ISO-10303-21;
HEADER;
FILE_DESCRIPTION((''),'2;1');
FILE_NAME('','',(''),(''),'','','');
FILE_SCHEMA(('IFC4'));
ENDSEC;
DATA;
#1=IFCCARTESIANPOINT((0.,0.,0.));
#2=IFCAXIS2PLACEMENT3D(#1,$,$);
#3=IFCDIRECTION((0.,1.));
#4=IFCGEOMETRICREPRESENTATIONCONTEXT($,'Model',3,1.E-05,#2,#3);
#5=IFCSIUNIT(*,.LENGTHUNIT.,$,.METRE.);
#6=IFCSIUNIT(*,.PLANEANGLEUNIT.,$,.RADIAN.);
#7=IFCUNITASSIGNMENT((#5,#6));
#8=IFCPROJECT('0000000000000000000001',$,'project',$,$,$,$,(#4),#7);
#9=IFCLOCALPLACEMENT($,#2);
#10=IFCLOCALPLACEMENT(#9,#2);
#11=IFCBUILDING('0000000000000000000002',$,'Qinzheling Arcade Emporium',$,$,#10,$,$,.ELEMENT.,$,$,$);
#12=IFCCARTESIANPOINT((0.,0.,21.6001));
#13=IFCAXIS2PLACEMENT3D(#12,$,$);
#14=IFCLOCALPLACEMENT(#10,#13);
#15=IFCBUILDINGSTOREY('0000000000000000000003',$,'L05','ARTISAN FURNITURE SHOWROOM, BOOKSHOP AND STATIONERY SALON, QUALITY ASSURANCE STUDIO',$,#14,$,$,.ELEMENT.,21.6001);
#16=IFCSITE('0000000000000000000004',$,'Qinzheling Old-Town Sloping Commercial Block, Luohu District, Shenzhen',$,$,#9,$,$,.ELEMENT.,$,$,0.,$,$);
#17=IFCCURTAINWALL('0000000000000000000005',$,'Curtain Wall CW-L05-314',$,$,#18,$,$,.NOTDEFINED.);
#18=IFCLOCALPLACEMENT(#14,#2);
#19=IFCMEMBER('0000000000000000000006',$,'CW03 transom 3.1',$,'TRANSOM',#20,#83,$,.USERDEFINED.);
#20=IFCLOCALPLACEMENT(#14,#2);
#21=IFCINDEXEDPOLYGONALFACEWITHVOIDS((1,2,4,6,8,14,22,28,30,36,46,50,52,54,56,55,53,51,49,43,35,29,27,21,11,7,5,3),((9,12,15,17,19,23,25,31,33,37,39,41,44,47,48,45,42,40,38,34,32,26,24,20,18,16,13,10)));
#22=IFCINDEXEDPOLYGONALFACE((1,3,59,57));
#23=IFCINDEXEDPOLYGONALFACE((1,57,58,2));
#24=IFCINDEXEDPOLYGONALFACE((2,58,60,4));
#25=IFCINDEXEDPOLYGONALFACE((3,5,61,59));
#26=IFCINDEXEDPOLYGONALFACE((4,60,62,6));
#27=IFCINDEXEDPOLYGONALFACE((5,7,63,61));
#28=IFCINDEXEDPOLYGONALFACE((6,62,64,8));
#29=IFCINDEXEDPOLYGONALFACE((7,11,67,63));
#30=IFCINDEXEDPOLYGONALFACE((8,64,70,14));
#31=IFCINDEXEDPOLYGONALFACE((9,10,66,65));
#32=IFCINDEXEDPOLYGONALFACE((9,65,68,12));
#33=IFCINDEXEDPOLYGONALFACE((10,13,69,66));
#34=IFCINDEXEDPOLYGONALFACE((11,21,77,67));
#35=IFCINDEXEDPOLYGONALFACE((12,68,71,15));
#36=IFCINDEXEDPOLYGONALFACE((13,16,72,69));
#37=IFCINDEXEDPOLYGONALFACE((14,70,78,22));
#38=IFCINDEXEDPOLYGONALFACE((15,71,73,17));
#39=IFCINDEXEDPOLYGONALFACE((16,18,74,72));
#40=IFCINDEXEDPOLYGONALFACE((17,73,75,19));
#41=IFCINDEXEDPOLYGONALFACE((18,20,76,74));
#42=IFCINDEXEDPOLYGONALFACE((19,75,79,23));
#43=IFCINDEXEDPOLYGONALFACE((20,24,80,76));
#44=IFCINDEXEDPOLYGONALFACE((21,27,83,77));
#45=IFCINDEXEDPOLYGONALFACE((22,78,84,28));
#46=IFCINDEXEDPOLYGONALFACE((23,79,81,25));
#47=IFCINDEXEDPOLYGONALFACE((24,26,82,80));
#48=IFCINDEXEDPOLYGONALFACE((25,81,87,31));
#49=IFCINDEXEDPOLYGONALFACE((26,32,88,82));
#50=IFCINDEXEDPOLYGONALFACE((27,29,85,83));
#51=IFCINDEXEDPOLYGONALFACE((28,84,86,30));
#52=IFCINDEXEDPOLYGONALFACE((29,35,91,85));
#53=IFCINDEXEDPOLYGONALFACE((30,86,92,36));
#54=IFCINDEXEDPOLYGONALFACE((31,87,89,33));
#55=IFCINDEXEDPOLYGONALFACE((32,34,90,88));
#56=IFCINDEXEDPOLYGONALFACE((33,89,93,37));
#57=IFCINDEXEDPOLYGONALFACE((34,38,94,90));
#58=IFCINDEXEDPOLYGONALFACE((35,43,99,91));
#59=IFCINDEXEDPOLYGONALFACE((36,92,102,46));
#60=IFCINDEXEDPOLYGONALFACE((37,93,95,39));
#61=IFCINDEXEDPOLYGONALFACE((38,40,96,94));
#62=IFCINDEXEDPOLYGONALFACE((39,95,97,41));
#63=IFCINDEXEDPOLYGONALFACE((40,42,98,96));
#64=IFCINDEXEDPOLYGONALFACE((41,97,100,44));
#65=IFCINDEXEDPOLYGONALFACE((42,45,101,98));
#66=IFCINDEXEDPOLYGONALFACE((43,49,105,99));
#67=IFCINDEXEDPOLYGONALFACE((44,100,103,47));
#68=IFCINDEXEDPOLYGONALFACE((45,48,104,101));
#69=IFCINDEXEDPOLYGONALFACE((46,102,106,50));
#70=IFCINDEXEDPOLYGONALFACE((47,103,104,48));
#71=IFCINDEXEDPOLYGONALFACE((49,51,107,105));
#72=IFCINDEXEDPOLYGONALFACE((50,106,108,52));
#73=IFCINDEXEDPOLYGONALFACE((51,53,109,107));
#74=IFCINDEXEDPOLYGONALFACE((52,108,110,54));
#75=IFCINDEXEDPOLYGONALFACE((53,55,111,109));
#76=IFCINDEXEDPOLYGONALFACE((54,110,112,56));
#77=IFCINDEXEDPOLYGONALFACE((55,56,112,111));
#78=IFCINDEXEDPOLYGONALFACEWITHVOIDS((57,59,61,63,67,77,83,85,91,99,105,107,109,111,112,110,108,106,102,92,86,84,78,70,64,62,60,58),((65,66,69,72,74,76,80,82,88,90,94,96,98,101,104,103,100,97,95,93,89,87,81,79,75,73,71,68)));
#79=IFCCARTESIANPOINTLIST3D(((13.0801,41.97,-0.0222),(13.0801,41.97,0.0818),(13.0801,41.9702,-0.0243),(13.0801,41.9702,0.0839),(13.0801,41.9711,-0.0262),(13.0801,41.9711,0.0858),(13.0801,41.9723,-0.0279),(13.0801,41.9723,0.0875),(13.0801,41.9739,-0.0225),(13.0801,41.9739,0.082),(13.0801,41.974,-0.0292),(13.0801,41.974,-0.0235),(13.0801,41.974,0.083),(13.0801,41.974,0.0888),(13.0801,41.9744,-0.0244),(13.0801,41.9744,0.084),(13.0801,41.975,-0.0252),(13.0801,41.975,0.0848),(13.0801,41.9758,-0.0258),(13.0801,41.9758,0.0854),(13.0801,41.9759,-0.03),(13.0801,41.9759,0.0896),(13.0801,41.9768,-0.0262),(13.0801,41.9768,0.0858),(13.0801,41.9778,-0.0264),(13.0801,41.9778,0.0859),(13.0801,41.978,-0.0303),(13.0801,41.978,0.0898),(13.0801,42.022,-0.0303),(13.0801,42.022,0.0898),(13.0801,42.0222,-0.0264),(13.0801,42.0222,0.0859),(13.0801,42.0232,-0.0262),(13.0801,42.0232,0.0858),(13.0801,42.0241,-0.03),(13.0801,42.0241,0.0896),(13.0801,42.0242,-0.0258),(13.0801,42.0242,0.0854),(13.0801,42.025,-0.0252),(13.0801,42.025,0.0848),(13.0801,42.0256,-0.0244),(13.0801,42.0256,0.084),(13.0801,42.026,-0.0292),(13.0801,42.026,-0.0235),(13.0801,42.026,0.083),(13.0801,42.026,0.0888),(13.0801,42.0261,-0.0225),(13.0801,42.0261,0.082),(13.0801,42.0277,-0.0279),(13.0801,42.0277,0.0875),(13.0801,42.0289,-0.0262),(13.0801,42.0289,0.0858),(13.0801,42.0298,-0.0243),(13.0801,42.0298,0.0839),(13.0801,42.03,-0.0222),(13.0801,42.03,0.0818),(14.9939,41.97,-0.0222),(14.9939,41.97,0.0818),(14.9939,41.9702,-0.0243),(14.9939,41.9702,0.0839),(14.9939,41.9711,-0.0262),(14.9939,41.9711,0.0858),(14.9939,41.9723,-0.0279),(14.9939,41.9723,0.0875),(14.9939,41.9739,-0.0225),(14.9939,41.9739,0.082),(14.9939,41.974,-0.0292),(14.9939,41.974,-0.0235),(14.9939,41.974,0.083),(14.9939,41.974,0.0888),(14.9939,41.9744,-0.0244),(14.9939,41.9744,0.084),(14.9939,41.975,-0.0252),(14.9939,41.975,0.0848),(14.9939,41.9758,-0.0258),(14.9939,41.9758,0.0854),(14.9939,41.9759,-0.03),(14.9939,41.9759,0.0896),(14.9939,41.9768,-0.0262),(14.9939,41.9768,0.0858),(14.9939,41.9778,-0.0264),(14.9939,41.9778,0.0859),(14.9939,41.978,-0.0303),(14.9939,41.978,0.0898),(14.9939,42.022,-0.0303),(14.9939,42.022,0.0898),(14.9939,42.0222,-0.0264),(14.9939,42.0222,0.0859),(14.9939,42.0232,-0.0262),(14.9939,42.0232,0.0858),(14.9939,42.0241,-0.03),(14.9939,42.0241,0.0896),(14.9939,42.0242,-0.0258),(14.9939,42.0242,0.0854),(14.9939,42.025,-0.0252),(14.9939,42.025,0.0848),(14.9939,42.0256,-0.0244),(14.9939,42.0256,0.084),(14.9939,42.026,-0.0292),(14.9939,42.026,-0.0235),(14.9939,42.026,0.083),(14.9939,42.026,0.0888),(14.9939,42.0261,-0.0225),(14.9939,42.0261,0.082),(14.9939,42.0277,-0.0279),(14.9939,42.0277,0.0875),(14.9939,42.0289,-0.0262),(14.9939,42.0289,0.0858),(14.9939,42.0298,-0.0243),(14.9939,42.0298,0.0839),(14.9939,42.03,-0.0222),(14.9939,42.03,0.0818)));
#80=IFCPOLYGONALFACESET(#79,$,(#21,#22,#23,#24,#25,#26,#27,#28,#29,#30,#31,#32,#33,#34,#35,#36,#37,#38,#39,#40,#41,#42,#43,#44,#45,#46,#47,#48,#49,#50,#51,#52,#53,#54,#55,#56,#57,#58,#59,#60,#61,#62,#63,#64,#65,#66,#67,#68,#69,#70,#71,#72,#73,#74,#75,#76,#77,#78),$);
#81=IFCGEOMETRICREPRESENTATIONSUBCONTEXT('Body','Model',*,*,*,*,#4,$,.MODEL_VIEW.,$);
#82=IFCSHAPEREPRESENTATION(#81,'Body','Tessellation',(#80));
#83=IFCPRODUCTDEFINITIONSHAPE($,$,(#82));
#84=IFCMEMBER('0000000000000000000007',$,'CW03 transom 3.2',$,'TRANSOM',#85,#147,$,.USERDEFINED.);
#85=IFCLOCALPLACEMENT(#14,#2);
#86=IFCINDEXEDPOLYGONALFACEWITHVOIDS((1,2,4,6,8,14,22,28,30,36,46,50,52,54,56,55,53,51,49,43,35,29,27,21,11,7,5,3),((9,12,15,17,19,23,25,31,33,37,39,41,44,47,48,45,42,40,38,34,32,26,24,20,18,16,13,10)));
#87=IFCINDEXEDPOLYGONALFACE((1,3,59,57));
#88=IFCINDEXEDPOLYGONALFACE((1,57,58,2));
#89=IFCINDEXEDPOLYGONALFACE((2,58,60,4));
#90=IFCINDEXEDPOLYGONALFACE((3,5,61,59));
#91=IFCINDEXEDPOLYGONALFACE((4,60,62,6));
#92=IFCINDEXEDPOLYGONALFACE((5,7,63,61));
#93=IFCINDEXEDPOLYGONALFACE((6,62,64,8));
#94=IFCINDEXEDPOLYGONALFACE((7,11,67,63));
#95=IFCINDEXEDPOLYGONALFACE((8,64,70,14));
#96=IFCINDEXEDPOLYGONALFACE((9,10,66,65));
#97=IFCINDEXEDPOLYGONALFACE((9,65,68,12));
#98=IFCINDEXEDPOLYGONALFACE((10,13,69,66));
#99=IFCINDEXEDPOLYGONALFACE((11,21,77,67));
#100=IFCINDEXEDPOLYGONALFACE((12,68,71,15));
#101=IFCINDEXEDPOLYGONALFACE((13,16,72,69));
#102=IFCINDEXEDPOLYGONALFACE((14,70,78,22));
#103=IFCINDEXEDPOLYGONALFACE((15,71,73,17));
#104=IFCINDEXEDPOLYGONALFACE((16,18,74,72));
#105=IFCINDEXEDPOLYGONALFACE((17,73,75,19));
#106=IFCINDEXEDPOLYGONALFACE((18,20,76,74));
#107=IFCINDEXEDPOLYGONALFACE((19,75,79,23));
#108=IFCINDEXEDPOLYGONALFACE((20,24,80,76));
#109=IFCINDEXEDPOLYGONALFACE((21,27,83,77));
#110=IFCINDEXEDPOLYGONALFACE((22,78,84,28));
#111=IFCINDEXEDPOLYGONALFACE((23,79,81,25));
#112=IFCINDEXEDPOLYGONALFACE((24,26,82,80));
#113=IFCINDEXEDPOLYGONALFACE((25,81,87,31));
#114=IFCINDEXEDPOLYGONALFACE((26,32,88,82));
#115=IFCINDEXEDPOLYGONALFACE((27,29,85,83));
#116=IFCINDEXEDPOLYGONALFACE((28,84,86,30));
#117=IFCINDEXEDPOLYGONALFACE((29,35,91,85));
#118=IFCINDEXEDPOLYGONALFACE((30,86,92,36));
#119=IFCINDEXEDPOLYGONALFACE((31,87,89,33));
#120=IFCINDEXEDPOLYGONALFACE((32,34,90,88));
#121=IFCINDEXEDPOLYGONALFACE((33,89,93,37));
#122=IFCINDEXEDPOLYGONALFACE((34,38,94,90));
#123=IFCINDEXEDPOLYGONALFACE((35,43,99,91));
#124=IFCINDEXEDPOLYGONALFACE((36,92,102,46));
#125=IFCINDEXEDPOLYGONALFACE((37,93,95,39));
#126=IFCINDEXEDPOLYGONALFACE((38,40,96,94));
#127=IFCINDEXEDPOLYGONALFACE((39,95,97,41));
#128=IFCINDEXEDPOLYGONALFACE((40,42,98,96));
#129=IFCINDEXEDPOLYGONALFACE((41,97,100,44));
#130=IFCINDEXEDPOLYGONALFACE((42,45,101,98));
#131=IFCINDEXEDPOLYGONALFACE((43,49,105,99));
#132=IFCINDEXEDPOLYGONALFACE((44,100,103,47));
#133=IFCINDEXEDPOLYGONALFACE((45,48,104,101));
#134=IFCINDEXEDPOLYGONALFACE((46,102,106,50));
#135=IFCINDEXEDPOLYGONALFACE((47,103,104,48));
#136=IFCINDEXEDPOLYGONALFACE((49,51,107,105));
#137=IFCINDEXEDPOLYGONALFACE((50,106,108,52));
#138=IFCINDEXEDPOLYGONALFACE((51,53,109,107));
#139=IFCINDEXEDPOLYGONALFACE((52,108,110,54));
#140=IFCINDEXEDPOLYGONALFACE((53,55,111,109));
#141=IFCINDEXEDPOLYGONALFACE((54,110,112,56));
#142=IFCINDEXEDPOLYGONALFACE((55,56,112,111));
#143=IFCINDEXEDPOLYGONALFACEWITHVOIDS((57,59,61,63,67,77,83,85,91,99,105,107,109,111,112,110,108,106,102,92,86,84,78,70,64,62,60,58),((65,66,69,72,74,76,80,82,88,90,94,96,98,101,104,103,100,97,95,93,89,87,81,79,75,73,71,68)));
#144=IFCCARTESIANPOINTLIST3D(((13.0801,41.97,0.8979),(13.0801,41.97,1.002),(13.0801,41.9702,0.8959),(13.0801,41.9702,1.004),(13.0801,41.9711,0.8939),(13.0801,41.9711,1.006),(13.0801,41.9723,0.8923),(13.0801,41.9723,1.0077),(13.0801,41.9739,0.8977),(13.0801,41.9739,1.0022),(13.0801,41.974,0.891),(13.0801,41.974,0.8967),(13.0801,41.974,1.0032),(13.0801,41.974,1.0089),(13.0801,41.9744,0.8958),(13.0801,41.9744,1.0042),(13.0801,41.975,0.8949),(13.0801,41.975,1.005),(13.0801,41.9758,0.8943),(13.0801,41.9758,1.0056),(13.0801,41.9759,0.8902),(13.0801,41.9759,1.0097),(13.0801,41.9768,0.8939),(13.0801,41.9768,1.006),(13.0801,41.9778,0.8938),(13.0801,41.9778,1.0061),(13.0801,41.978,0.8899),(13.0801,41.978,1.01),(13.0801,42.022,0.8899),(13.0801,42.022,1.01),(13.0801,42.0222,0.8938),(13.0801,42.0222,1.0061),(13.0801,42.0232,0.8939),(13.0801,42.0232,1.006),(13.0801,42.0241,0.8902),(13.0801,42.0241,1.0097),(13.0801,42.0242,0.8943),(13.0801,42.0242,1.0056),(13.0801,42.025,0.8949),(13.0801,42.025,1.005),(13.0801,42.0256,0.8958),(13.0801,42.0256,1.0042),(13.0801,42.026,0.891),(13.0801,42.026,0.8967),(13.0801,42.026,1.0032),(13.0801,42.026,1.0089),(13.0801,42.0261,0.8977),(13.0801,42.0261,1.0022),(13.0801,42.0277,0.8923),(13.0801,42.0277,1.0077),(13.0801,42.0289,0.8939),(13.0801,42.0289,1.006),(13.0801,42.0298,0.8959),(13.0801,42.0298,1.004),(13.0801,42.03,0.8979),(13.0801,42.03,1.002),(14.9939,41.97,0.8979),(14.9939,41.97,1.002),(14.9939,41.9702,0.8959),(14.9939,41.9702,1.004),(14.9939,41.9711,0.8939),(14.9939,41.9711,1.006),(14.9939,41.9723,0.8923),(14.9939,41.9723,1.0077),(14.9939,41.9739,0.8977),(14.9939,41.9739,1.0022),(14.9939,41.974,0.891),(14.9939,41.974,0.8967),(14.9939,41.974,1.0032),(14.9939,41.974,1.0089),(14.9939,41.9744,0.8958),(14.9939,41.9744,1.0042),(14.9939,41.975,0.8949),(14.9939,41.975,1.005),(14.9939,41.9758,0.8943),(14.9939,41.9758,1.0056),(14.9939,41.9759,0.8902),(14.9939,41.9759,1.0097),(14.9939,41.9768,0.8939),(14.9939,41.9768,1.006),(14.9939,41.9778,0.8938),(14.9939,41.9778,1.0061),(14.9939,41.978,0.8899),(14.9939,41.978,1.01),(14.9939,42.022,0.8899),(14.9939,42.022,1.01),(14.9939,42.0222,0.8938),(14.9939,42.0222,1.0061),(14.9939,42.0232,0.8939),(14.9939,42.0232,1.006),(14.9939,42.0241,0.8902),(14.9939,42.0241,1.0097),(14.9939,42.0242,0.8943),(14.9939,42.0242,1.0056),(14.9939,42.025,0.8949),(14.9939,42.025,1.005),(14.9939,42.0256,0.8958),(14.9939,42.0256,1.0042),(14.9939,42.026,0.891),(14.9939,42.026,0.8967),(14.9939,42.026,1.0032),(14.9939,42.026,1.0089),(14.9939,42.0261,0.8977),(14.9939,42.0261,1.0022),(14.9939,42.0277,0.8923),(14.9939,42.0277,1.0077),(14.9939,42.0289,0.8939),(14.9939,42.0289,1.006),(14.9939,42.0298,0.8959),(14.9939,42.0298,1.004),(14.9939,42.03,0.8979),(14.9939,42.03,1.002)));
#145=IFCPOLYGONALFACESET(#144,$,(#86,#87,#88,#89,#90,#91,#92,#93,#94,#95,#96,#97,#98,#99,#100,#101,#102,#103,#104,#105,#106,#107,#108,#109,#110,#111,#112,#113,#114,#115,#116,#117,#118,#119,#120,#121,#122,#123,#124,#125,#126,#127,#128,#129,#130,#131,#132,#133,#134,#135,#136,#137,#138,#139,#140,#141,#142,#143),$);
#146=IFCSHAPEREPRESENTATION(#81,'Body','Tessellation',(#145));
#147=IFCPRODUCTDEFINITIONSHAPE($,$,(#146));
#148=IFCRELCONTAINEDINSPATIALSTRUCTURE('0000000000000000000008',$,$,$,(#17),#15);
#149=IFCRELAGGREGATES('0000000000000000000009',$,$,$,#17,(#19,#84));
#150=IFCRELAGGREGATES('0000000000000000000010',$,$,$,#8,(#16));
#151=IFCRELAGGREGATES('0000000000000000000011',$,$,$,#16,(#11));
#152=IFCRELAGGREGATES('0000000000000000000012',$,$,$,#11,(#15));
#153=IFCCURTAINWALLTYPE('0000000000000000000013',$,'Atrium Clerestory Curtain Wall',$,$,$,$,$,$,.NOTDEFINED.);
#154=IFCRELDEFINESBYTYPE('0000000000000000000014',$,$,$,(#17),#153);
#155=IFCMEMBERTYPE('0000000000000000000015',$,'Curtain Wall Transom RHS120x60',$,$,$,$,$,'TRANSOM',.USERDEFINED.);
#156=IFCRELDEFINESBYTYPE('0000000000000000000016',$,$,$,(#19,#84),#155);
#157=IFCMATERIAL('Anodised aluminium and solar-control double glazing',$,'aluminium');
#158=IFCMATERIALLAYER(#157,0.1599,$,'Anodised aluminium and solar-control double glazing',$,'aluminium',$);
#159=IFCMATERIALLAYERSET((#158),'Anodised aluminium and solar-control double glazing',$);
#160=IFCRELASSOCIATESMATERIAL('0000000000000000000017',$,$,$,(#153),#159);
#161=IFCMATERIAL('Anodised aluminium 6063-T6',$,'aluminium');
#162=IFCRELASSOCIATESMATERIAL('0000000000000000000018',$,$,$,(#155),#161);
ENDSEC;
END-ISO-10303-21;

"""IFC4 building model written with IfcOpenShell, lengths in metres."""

from ifc_helpers import new_model, si_unit, direction, frame, origin, origin_2d, place, context, subcontext, project, spatial, hollow_rectangle, extrude, material, layer, layer_set, material_profile, profile_set, type_object, element, aggregate, save


model = new_model("IFC4")

# Units and contexts
model_context = context("Model", 3, precision=1e-05, world=origin(), true_north=direction((0.0, 1.0)))
body_context = subcontext(model_context, "Body", "Model", "MODEL_VIEW")
ifc_project = project(units=[si_unit("LENGTHUNIT", "METRE"), si_unit("PLANEANGLEUNIT", "RADIAN")], contexts=[model_context])

# Site, building, storey
site_placement = place(None, origin())
site = spatial("IfcSite", under=ifc_project, at=site_placement, Name="Qinzheling Old-Town Sloping Commercial Block, Luohu District, Shenzhen", CompositionType="ELEMENT", RefElevation=0.0)
building_placement = place(site_placement, origin())
building = spatial("IfcBuilding", under=site, at=building_placement, Name="Qinzheling Arcade Emporium", CompositionType="ELEMENT")
storey_placement = place(building_placement, frame((0.0, 0.0, 21.6001)))
storey = spatial("IfcBuildingStorey", under=building, at=storey_placement, Name="L05", Description="ARTISAN FURNITURE SHOWROOM, BOOKSHOP AND STATIONERY SALON, QUALITY ASSURANCE STUDIO", CompositionType="ELEMENT", Elevation=21.6001)

# Curtain wall, members
ifc_material_1 = material(Name="Anodised aluminium and solar-control double glazing", Category="aluminium")
ifc_layer_1 = layer(ifc_material_1, 0.1599, Name="Anodised aluminium and solar-control double glazing", Category="aluminium")
ifc_layer_set_1 = layer_set([ifc_layer_1], Name="Anodised aluminium and solar-control double glazing")
curtain_wall_type = type_object("IfcCurtainWallType", Name="Atrium Clerestory Curtain Wall", PredefinedType="NOTDEFINED", material=ifc_layer_set_1)
curtain_wall_placement = place(storey_placement, origin())
curtain_wall = element("IfcCurtainWall", 1, at=curtain_wall_placement, inside=storey, type_object=curtain_wall_type, Name="Curtain Wall CW-L05-314", PredefinedType="NOTDEFINED")
ifc_material_2 = material(Name="Anodised aluminium 6063-T6", Category="aluminium")
ifc_material_profile_1 = material_profile(ifc_material_2, hollow_rectangle(XDim=0.0601, YDim=0.1201, WallThickness=0.0039, InnerFilletRadius=0.0039, OuterFilletRadius=0.0081, at=origin_2d()), Name="RHS 120x60x4", Category="aluminium")
ifc_profile_set_1 = profile_set([ifc_material_profile_1], Name="Anodised aluminium 6063-T6")
member_type_1 = type_object("IfcMemberType", Name="Curtain Wall Transom RHS120x60", ElementType="TRANSOM", PredefinedType="USERDEFINED", material=ifc_profile_set_1)
member_1_placement = place(storey_placement, frame((13.0801, 42.0, 0.0298), z_axis=(1.0, 0.0, 0.0), x_axis=(0.0, 1.0, 0.0)))
member_1 = element("IfcMember", 2, at=member_1_placement, type_object=member_type_1, Name="CW03 transom 3.1", ObjectType="TRANSOM", PredefinedType="USERDEFINED", context=body_context, shape_type="SweptSolid", body=[
    extrude(hollow_rectangle(XDim=0.0601, YDim=0.1201, WallThickness=0.0039, InnerFilletRadius=0.0039, OuterFilletRadius=0.0081, at=origin_2d()), origin(), (0.0, 0.0, 1.0), 1.9138),
])
member_2_placement = place(storey_placement, frame((13.0801, 42.0, 0.95), z_axis=(1.0, 0.0, 0.0), x_axis=(0.0, 1.0, 0.0)))
member_2 = element("IfcMember", 3, at=member_2_placement, type_object=member_type_1, Name="CW03 transom 3.2", ObjectType="TRANSOM", PredefinedType="USERDEFINED", context=body_context, shape_type="SweptSolid", body=[
    extrude(hollow_rectangle(XDim=0.0601, YDim=0.1201, WallThickness=0.0039, InnerFilletRadius=0.0039, OuterFilletRadius=0.0081, at=origin_2d()), origin(), (0.0, 0.0, 1.0), 1.9138),
])

aggregate(curtain_wall, [member_1, member_2])

save(model, "model.ifc")
